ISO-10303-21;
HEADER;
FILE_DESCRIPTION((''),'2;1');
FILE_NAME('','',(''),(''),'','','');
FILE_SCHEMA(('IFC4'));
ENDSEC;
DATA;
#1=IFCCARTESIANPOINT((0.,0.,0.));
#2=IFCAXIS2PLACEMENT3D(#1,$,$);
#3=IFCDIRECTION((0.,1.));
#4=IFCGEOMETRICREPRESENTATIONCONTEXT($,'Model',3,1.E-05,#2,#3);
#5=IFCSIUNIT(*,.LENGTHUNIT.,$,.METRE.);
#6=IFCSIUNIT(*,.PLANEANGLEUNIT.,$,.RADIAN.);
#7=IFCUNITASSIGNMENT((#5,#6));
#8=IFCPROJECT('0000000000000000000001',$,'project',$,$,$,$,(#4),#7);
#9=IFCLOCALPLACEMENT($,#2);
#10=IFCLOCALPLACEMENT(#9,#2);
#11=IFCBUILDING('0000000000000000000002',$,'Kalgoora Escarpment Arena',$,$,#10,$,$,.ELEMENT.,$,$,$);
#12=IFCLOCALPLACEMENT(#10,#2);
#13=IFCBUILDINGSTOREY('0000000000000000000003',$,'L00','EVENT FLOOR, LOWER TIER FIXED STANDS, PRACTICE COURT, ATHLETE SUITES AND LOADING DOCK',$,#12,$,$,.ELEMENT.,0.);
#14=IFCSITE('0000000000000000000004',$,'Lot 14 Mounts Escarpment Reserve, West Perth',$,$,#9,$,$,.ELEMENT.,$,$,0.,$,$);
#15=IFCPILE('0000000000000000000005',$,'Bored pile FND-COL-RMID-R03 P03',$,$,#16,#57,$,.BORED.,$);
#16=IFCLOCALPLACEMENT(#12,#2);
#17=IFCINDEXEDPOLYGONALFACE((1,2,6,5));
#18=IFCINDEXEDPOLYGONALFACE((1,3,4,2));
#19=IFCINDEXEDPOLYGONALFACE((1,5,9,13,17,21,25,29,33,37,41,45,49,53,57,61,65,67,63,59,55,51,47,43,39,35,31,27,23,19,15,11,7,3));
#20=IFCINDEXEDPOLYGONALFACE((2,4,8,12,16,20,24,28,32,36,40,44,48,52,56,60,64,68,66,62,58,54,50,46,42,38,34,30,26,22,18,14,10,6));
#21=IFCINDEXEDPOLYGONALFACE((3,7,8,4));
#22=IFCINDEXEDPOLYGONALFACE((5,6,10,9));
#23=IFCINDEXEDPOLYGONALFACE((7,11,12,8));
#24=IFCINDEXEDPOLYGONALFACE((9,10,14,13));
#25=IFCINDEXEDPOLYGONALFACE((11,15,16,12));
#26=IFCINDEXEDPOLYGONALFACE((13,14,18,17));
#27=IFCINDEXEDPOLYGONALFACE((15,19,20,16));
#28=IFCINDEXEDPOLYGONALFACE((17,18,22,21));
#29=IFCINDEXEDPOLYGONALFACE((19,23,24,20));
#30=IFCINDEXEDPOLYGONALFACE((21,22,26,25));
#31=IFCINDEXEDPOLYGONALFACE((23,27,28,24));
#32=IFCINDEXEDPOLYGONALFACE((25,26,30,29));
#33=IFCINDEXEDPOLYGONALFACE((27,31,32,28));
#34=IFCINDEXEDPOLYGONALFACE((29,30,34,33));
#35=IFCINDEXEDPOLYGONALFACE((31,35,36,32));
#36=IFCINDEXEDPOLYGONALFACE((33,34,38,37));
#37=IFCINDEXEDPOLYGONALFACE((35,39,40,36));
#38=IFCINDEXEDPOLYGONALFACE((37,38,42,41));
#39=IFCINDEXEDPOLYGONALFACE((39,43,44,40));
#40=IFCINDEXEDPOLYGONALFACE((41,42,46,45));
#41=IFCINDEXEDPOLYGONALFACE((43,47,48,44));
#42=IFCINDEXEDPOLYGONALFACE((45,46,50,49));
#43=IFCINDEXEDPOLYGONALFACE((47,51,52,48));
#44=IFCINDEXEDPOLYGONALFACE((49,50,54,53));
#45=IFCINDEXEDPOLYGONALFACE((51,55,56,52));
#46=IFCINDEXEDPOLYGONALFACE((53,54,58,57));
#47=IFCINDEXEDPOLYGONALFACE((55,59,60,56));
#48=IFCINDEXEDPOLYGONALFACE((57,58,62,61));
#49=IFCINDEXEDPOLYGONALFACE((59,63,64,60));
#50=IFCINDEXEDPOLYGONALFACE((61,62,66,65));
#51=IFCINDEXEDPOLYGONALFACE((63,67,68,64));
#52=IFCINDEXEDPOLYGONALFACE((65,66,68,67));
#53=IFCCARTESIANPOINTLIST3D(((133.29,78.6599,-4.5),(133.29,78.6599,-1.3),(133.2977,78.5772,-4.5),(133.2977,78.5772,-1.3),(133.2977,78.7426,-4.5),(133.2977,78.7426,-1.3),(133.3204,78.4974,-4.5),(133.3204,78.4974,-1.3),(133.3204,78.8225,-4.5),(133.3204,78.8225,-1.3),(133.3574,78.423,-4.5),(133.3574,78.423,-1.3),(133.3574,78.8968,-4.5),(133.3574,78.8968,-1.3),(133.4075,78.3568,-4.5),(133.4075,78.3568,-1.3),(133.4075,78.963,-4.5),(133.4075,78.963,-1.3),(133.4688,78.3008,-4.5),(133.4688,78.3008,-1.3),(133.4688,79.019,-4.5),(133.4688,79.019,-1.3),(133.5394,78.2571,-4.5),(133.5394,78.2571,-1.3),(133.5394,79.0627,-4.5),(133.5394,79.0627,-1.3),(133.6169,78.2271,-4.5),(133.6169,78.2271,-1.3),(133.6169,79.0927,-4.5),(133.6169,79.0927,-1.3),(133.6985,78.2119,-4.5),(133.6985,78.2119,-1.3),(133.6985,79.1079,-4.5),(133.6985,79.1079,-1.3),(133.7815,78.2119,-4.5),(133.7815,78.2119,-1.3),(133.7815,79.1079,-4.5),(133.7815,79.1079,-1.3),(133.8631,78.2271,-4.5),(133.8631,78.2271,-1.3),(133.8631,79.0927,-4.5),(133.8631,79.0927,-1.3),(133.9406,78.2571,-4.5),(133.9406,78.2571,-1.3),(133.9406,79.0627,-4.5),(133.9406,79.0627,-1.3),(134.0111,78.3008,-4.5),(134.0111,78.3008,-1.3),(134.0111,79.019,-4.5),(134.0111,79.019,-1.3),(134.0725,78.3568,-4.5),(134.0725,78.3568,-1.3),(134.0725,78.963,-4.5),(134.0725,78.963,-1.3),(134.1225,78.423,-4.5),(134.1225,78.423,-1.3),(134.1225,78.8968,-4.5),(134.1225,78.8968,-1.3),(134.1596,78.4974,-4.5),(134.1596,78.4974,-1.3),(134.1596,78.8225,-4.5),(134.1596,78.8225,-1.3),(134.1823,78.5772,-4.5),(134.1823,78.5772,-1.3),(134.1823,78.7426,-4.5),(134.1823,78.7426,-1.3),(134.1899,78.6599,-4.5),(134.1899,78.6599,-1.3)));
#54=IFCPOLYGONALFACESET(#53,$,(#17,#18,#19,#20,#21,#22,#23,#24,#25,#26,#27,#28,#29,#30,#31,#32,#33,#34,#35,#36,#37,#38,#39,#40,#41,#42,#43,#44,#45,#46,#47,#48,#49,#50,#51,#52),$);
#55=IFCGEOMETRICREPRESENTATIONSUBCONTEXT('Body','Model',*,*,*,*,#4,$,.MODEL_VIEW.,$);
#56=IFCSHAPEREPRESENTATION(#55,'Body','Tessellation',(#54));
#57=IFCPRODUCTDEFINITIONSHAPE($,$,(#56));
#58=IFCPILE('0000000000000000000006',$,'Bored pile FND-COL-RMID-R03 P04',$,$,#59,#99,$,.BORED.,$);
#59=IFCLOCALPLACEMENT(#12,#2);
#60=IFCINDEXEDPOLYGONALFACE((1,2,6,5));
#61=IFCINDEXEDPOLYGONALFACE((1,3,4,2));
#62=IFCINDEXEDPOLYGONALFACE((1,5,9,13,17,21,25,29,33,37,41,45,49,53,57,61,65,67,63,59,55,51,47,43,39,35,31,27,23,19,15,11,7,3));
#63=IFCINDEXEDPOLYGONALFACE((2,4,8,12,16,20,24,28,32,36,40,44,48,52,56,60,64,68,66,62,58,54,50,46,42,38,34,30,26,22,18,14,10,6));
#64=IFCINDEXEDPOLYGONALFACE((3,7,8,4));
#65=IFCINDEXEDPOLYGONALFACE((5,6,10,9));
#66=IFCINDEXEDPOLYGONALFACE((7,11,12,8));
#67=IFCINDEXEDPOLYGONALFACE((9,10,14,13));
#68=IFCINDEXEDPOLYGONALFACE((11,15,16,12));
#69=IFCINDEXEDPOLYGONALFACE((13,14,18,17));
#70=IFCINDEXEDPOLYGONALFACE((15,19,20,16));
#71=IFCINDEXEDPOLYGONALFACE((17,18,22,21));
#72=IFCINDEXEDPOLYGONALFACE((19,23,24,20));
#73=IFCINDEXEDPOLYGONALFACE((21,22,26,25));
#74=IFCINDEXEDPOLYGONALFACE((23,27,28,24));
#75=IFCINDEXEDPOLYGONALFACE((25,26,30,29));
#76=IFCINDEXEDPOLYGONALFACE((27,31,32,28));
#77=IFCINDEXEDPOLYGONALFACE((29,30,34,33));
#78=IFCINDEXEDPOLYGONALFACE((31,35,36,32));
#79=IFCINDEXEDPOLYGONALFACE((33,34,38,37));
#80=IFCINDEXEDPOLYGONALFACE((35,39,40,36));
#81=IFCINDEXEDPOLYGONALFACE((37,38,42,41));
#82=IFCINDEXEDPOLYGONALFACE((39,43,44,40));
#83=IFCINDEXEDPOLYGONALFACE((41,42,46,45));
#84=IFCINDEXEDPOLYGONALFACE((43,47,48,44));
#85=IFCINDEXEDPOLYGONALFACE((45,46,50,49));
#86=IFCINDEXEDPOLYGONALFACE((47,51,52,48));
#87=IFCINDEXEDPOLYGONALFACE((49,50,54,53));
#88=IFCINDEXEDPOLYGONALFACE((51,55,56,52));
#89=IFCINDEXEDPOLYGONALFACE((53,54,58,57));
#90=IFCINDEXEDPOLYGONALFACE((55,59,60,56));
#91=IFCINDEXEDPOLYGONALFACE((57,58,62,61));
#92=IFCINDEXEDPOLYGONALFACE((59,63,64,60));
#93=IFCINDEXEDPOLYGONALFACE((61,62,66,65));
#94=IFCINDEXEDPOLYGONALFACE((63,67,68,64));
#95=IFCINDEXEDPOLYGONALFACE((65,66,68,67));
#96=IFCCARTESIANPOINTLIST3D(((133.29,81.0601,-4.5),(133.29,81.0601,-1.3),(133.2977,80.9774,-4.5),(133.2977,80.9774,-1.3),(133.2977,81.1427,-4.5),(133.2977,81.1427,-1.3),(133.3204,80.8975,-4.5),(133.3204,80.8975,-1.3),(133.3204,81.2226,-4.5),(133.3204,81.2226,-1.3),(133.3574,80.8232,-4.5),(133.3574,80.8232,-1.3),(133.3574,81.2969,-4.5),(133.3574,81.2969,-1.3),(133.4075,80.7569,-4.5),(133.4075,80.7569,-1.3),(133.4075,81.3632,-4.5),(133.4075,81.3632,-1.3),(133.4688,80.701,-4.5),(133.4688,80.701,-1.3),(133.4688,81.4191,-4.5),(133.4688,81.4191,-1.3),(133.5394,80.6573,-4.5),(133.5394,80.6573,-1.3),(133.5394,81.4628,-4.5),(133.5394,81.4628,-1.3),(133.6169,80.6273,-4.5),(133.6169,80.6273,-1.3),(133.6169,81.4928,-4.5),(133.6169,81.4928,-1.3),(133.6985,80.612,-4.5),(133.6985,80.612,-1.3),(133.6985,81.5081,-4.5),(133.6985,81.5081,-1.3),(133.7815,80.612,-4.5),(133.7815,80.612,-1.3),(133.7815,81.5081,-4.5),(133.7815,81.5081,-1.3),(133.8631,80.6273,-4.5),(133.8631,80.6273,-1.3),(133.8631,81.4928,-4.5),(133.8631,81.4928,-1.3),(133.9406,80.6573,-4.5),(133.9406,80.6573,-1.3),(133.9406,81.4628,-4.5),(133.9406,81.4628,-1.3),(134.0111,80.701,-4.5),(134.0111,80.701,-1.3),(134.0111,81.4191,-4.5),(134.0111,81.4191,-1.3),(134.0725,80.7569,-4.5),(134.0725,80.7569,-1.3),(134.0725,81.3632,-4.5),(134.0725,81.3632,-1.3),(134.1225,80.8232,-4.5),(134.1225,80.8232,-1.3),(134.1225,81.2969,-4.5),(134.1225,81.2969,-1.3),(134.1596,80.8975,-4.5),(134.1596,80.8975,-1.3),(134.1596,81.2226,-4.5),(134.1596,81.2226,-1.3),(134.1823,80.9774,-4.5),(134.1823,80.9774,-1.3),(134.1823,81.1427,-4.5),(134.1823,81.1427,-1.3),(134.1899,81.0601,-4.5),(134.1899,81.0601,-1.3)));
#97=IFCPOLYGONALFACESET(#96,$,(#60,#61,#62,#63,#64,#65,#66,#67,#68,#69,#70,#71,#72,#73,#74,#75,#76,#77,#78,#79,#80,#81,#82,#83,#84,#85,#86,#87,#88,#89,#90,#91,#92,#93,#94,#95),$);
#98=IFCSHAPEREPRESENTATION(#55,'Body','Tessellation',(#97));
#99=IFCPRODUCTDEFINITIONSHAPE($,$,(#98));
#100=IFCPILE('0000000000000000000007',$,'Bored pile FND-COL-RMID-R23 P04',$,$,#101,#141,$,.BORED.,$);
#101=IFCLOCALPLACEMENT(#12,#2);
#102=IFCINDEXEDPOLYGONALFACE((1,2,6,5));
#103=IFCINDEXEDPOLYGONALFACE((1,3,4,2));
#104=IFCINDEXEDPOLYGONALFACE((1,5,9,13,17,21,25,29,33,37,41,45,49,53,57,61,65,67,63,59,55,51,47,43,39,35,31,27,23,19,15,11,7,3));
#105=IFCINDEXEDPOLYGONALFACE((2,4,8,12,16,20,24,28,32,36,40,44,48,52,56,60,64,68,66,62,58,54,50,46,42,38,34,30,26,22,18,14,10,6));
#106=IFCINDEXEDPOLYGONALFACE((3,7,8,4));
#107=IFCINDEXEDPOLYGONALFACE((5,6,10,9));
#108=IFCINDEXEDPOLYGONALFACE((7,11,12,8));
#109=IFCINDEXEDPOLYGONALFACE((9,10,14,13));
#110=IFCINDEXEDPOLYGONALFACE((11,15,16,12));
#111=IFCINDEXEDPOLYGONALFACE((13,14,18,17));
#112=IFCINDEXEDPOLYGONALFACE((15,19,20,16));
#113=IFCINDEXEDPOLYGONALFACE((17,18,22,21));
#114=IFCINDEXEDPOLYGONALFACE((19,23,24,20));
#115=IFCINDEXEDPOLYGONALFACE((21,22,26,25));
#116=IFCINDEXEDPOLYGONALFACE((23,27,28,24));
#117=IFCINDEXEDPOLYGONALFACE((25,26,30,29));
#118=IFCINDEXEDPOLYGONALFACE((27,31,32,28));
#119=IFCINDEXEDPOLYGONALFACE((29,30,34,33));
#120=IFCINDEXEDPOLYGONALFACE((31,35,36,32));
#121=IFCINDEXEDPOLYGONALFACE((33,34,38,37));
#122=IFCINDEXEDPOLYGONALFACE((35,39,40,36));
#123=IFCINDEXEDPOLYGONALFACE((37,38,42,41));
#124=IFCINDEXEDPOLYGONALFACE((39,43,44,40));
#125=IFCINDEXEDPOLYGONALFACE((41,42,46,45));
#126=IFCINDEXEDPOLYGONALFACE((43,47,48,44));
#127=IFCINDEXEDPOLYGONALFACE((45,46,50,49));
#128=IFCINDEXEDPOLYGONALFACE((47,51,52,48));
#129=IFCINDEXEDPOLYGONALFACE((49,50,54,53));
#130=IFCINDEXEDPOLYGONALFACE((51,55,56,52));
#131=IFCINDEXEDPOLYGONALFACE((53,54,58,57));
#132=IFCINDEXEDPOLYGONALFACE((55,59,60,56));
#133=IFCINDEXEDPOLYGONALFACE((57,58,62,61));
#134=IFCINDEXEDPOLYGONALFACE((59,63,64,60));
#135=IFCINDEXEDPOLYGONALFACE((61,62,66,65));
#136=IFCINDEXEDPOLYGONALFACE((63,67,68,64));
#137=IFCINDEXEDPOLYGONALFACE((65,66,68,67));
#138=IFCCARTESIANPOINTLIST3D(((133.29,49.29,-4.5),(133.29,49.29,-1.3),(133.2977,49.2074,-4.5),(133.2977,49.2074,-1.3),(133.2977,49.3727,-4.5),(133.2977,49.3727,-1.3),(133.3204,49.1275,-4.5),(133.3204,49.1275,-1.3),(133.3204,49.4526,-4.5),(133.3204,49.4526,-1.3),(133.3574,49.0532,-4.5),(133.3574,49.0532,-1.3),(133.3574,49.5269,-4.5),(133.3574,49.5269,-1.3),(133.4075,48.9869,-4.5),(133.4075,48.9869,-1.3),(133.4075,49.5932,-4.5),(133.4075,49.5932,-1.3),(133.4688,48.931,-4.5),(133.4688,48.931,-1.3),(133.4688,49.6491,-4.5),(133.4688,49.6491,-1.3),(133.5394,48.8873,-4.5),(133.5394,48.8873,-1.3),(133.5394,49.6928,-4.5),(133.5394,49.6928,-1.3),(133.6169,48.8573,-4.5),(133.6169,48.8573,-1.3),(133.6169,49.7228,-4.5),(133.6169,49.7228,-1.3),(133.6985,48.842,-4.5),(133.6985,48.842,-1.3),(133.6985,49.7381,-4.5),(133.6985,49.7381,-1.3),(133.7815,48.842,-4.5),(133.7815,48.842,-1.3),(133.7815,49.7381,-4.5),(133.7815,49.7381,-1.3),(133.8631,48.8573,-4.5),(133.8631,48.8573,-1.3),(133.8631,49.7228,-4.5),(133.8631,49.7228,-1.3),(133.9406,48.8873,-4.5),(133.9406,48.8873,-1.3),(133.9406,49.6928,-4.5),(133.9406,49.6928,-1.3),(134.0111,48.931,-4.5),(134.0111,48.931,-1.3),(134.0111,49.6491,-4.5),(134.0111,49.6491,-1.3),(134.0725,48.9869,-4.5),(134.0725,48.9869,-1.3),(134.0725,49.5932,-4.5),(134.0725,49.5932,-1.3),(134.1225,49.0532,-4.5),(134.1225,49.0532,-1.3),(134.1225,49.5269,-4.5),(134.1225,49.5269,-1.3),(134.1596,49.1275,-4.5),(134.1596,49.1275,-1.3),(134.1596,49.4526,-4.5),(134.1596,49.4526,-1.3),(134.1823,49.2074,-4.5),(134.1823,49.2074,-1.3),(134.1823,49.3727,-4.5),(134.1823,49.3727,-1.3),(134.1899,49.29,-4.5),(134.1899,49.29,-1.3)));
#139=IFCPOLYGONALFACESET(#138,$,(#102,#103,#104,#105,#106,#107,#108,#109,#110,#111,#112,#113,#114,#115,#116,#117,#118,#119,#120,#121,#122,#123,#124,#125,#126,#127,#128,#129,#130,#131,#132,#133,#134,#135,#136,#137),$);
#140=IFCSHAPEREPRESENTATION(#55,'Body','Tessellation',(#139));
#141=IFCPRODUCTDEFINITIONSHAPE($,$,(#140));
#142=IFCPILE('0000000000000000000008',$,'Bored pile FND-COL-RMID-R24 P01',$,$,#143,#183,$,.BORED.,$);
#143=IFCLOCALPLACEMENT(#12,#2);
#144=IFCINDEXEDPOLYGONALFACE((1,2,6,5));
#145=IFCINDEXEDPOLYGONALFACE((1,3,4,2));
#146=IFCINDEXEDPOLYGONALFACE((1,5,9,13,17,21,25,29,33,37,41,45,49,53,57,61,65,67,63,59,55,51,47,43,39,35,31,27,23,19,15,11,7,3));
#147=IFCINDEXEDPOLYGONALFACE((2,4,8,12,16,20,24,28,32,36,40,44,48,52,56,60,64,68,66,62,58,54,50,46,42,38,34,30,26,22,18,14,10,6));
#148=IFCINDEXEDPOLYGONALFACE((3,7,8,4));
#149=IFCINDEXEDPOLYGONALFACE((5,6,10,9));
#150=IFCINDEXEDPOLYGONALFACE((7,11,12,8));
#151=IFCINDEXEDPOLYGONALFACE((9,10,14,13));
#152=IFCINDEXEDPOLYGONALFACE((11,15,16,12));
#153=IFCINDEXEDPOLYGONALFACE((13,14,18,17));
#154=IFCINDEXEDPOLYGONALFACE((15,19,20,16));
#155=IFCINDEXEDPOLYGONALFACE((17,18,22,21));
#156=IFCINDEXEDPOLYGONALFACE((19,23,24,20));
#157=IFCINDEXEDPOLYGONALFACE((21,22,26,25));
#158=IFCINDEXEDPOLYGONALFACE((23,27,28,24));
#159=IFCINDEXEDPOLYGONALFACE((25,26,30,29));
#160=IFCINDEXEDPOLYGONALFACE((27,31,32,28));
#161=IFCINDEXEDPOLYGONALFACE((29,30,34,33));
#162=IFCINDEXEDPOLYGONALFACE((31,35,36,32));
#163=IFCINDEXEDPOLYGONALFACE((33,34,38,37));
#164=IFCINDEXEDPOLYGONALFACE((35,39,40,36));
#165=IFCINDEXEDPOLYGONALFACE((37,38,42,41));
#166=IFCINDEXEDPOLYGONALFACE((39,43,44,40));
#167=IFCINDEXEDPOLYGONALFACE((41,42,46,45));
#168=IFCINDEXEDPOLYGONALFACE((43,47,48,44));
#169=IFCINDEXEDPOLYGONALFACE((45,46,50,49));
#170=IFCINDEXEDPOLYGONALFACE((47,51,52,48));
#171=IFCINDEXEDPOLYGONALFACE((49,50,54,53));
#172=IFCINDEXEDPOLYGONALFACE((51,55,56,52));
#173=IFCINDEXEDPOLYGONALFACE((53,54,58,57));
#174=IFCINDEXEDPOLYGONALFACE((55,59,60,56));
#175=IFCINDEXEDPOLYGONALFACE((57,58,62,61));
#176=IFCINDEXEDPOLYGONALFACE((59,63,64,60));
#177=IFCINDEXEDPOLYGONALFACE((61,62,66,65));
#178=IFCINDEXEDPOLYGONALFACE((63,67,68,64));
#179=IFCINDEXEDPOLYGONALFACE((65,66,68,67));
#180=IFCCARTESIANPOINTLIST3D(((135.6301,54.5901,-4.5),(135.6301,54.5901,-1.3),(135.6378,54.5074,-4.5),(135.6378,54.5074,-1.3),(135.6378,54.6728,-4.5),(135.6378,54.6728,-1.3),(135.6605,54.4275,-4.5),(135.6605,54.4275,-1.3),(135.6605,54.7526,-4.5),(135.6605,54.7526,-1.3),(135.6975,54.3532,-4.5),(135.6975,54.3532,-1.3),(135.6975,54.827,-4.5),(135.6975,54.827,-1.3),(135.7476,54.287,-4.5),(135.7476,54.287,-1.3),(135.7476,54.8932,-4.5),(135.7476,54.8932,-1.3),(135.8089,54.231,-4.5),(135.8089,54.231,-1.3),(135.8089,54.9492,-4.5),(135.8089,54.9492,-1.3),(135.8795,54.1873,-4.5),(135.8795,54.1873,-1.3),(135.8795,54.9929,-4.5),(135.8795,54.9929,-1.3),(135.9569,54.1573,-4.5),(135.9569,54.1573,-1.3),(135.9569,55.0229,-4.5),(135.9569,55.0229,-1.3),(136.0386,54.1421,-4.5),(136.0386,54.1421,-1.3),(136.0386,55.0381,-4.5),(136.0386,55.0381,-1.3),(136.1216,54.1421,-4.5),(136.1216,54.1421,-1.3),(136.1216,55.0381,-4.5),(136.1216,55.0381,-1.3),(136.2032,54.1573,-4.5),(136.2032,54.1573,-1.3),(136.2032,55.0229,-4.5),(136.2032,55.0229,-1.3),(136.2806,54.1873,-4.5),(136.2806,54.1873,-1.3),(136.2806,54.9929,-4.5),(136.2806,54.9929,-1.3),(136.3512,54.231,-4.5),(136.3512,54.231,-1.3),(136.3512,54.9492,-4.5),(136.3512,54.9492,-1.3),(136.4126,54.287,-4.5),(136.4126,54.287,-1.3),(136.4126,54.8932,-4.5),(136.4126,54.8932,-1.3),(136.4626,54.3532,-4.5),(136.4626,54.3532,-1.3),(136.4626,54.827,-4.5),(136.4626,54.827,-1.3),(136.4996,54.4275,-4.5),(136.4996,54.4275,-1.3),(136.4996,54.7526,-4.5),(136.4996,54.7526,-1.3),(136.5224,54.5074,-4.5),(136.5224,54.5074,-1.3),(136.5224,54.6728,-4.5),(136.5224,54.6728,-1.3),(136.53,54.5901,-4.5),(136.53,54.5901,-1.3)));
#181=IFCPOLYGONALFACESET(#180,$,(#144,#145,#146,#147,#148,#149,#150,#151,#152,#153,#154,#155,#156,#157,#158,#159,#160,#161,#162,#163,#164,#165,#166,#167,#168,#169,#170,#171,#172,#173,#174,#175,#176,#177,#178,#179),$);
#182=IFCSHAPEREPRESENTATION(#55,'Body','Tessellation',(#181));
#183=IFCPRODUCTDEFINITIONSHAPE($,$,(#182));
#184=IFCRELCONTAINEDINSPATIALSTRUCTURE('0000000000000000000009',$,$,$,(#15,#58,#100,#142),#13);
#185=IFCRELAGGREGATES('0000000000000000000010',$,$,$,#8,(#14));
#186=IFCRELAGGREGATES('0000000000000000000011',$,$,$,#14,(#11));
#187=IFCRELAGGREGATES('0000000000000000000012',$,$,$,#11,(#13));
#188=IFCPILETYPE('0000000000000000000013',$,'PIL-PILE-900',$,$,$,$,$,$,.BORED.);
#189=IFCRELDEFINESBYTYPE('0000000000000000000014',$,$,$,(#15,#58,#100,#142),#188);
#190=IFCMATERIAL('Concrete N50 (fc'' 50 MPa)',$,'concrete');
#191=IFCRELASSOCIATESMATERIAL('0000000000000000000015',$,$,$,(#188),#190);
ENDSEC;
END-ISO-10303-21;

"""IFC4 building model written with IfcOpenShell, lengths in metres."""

from ifc_helpers import new_model, si_unit, direction, frame, origin, origin_2d, place, context, subcontext, project, spatial, circle, extrude, material, material_profile, profile_set, type_object, element, save


model = new_model("IFC4")

# Units and contexts
model_context = context("Model", 3, precision=1e-05, world=origin(), true_north=direction((0.0, 1.0)))
body_context = subcontext(model_context, "Body", "Model", "MODEL_VIEW")
ifc_project = project(units=[si_unit("LENGTHUNIT", "METRE"), si_unit("PLANEANGLEUNIT", "RADIAN")], contexts=[model_context])

# Site, building, storey
site_placement = place(None, origin())
site = spatial("IfcSite", under=ifc_project, at=site_placement, Name="Lot 14 Mounts Escarpment Reserve, West Perth", CompositionType="ELEMENT", RefElevation=0.0)
building_placement = place(site_placement, origin())
building = spatial("IfcBuilding", under=site, at=building_placement, Name="Kalgoora Escarpment Arena", CompositionType="ELEMENT")
storey_placement = place(building_placement, origin())
storey = spatial("IfcBuildingStorey", under=building, at=storey_placement, Name="L00", Description="EVENT FLOOR, LOWER TIER FIXED STANDS, PRACTICE COURT, ATHLETE SUITES AND LOADING DOCK", CompositionType="ELEMENT", Elevation=0.0)

# Piles
ifc_material_1 = material(Name="Concrete N50 (fc' 50 MPa)", Category="concrete")
ifc_material_profile_1 = material_profile(ifc_material_1, circle(Radius=0.45, at=origin_2d()))
ifc_profile_set_1 = profile_set([ifc_material_profile_1], Name="Concrete N50 (fc' 50 MPa)")
pile_type_1 = type_object("IfcPileType", Name="PIL-PILE-900", PredefinedType="BORED", material=ifc_profile_set_1)
for number, where, z_axis, x_axis, name in (
    (1, (133.74, 78.6599, -1.3), (0.0, 0.0, -1.0), (1.0, 0.0, 0.0), "Bored pile FND-COL-RMID-R03 P03"),
    (2, (133.74, 81.0601, -1.3), (0.0, 0.0, -1.0), (1.0, 0.0, 0.0), "Bored pile FND-COL-RMID-R03 P04"),
    (3, (133.74, 49.29, -1.3), (0.0, 0.0, -1.0), (1.0, 0.0, 0.0), "Bored pile FND-COL-RMID-R23 P04"),
    (4, (136.0801, 54.5901, -1.3), (0.0, 0.0, -1.0), (1.0, 0.0, 0.0), "Bored pile FND-COL-RMID-R24 P01"),
):
    element("IfcPile", number, at=place(storey_placement, frame(where, z_axis=z_axis, x_axis=x_axis)), inside=storey, type_object=pile_type_1, Name=name, PredefinedType="BORED", context=body_context, shape_type="SweptSolid", body=[
        extrude(circle(Radius=0.45, at=origin_2d()), origin(), (0.0, 0.0, 1.0), 3.2),
    ])

save(model, "model.ifc")
